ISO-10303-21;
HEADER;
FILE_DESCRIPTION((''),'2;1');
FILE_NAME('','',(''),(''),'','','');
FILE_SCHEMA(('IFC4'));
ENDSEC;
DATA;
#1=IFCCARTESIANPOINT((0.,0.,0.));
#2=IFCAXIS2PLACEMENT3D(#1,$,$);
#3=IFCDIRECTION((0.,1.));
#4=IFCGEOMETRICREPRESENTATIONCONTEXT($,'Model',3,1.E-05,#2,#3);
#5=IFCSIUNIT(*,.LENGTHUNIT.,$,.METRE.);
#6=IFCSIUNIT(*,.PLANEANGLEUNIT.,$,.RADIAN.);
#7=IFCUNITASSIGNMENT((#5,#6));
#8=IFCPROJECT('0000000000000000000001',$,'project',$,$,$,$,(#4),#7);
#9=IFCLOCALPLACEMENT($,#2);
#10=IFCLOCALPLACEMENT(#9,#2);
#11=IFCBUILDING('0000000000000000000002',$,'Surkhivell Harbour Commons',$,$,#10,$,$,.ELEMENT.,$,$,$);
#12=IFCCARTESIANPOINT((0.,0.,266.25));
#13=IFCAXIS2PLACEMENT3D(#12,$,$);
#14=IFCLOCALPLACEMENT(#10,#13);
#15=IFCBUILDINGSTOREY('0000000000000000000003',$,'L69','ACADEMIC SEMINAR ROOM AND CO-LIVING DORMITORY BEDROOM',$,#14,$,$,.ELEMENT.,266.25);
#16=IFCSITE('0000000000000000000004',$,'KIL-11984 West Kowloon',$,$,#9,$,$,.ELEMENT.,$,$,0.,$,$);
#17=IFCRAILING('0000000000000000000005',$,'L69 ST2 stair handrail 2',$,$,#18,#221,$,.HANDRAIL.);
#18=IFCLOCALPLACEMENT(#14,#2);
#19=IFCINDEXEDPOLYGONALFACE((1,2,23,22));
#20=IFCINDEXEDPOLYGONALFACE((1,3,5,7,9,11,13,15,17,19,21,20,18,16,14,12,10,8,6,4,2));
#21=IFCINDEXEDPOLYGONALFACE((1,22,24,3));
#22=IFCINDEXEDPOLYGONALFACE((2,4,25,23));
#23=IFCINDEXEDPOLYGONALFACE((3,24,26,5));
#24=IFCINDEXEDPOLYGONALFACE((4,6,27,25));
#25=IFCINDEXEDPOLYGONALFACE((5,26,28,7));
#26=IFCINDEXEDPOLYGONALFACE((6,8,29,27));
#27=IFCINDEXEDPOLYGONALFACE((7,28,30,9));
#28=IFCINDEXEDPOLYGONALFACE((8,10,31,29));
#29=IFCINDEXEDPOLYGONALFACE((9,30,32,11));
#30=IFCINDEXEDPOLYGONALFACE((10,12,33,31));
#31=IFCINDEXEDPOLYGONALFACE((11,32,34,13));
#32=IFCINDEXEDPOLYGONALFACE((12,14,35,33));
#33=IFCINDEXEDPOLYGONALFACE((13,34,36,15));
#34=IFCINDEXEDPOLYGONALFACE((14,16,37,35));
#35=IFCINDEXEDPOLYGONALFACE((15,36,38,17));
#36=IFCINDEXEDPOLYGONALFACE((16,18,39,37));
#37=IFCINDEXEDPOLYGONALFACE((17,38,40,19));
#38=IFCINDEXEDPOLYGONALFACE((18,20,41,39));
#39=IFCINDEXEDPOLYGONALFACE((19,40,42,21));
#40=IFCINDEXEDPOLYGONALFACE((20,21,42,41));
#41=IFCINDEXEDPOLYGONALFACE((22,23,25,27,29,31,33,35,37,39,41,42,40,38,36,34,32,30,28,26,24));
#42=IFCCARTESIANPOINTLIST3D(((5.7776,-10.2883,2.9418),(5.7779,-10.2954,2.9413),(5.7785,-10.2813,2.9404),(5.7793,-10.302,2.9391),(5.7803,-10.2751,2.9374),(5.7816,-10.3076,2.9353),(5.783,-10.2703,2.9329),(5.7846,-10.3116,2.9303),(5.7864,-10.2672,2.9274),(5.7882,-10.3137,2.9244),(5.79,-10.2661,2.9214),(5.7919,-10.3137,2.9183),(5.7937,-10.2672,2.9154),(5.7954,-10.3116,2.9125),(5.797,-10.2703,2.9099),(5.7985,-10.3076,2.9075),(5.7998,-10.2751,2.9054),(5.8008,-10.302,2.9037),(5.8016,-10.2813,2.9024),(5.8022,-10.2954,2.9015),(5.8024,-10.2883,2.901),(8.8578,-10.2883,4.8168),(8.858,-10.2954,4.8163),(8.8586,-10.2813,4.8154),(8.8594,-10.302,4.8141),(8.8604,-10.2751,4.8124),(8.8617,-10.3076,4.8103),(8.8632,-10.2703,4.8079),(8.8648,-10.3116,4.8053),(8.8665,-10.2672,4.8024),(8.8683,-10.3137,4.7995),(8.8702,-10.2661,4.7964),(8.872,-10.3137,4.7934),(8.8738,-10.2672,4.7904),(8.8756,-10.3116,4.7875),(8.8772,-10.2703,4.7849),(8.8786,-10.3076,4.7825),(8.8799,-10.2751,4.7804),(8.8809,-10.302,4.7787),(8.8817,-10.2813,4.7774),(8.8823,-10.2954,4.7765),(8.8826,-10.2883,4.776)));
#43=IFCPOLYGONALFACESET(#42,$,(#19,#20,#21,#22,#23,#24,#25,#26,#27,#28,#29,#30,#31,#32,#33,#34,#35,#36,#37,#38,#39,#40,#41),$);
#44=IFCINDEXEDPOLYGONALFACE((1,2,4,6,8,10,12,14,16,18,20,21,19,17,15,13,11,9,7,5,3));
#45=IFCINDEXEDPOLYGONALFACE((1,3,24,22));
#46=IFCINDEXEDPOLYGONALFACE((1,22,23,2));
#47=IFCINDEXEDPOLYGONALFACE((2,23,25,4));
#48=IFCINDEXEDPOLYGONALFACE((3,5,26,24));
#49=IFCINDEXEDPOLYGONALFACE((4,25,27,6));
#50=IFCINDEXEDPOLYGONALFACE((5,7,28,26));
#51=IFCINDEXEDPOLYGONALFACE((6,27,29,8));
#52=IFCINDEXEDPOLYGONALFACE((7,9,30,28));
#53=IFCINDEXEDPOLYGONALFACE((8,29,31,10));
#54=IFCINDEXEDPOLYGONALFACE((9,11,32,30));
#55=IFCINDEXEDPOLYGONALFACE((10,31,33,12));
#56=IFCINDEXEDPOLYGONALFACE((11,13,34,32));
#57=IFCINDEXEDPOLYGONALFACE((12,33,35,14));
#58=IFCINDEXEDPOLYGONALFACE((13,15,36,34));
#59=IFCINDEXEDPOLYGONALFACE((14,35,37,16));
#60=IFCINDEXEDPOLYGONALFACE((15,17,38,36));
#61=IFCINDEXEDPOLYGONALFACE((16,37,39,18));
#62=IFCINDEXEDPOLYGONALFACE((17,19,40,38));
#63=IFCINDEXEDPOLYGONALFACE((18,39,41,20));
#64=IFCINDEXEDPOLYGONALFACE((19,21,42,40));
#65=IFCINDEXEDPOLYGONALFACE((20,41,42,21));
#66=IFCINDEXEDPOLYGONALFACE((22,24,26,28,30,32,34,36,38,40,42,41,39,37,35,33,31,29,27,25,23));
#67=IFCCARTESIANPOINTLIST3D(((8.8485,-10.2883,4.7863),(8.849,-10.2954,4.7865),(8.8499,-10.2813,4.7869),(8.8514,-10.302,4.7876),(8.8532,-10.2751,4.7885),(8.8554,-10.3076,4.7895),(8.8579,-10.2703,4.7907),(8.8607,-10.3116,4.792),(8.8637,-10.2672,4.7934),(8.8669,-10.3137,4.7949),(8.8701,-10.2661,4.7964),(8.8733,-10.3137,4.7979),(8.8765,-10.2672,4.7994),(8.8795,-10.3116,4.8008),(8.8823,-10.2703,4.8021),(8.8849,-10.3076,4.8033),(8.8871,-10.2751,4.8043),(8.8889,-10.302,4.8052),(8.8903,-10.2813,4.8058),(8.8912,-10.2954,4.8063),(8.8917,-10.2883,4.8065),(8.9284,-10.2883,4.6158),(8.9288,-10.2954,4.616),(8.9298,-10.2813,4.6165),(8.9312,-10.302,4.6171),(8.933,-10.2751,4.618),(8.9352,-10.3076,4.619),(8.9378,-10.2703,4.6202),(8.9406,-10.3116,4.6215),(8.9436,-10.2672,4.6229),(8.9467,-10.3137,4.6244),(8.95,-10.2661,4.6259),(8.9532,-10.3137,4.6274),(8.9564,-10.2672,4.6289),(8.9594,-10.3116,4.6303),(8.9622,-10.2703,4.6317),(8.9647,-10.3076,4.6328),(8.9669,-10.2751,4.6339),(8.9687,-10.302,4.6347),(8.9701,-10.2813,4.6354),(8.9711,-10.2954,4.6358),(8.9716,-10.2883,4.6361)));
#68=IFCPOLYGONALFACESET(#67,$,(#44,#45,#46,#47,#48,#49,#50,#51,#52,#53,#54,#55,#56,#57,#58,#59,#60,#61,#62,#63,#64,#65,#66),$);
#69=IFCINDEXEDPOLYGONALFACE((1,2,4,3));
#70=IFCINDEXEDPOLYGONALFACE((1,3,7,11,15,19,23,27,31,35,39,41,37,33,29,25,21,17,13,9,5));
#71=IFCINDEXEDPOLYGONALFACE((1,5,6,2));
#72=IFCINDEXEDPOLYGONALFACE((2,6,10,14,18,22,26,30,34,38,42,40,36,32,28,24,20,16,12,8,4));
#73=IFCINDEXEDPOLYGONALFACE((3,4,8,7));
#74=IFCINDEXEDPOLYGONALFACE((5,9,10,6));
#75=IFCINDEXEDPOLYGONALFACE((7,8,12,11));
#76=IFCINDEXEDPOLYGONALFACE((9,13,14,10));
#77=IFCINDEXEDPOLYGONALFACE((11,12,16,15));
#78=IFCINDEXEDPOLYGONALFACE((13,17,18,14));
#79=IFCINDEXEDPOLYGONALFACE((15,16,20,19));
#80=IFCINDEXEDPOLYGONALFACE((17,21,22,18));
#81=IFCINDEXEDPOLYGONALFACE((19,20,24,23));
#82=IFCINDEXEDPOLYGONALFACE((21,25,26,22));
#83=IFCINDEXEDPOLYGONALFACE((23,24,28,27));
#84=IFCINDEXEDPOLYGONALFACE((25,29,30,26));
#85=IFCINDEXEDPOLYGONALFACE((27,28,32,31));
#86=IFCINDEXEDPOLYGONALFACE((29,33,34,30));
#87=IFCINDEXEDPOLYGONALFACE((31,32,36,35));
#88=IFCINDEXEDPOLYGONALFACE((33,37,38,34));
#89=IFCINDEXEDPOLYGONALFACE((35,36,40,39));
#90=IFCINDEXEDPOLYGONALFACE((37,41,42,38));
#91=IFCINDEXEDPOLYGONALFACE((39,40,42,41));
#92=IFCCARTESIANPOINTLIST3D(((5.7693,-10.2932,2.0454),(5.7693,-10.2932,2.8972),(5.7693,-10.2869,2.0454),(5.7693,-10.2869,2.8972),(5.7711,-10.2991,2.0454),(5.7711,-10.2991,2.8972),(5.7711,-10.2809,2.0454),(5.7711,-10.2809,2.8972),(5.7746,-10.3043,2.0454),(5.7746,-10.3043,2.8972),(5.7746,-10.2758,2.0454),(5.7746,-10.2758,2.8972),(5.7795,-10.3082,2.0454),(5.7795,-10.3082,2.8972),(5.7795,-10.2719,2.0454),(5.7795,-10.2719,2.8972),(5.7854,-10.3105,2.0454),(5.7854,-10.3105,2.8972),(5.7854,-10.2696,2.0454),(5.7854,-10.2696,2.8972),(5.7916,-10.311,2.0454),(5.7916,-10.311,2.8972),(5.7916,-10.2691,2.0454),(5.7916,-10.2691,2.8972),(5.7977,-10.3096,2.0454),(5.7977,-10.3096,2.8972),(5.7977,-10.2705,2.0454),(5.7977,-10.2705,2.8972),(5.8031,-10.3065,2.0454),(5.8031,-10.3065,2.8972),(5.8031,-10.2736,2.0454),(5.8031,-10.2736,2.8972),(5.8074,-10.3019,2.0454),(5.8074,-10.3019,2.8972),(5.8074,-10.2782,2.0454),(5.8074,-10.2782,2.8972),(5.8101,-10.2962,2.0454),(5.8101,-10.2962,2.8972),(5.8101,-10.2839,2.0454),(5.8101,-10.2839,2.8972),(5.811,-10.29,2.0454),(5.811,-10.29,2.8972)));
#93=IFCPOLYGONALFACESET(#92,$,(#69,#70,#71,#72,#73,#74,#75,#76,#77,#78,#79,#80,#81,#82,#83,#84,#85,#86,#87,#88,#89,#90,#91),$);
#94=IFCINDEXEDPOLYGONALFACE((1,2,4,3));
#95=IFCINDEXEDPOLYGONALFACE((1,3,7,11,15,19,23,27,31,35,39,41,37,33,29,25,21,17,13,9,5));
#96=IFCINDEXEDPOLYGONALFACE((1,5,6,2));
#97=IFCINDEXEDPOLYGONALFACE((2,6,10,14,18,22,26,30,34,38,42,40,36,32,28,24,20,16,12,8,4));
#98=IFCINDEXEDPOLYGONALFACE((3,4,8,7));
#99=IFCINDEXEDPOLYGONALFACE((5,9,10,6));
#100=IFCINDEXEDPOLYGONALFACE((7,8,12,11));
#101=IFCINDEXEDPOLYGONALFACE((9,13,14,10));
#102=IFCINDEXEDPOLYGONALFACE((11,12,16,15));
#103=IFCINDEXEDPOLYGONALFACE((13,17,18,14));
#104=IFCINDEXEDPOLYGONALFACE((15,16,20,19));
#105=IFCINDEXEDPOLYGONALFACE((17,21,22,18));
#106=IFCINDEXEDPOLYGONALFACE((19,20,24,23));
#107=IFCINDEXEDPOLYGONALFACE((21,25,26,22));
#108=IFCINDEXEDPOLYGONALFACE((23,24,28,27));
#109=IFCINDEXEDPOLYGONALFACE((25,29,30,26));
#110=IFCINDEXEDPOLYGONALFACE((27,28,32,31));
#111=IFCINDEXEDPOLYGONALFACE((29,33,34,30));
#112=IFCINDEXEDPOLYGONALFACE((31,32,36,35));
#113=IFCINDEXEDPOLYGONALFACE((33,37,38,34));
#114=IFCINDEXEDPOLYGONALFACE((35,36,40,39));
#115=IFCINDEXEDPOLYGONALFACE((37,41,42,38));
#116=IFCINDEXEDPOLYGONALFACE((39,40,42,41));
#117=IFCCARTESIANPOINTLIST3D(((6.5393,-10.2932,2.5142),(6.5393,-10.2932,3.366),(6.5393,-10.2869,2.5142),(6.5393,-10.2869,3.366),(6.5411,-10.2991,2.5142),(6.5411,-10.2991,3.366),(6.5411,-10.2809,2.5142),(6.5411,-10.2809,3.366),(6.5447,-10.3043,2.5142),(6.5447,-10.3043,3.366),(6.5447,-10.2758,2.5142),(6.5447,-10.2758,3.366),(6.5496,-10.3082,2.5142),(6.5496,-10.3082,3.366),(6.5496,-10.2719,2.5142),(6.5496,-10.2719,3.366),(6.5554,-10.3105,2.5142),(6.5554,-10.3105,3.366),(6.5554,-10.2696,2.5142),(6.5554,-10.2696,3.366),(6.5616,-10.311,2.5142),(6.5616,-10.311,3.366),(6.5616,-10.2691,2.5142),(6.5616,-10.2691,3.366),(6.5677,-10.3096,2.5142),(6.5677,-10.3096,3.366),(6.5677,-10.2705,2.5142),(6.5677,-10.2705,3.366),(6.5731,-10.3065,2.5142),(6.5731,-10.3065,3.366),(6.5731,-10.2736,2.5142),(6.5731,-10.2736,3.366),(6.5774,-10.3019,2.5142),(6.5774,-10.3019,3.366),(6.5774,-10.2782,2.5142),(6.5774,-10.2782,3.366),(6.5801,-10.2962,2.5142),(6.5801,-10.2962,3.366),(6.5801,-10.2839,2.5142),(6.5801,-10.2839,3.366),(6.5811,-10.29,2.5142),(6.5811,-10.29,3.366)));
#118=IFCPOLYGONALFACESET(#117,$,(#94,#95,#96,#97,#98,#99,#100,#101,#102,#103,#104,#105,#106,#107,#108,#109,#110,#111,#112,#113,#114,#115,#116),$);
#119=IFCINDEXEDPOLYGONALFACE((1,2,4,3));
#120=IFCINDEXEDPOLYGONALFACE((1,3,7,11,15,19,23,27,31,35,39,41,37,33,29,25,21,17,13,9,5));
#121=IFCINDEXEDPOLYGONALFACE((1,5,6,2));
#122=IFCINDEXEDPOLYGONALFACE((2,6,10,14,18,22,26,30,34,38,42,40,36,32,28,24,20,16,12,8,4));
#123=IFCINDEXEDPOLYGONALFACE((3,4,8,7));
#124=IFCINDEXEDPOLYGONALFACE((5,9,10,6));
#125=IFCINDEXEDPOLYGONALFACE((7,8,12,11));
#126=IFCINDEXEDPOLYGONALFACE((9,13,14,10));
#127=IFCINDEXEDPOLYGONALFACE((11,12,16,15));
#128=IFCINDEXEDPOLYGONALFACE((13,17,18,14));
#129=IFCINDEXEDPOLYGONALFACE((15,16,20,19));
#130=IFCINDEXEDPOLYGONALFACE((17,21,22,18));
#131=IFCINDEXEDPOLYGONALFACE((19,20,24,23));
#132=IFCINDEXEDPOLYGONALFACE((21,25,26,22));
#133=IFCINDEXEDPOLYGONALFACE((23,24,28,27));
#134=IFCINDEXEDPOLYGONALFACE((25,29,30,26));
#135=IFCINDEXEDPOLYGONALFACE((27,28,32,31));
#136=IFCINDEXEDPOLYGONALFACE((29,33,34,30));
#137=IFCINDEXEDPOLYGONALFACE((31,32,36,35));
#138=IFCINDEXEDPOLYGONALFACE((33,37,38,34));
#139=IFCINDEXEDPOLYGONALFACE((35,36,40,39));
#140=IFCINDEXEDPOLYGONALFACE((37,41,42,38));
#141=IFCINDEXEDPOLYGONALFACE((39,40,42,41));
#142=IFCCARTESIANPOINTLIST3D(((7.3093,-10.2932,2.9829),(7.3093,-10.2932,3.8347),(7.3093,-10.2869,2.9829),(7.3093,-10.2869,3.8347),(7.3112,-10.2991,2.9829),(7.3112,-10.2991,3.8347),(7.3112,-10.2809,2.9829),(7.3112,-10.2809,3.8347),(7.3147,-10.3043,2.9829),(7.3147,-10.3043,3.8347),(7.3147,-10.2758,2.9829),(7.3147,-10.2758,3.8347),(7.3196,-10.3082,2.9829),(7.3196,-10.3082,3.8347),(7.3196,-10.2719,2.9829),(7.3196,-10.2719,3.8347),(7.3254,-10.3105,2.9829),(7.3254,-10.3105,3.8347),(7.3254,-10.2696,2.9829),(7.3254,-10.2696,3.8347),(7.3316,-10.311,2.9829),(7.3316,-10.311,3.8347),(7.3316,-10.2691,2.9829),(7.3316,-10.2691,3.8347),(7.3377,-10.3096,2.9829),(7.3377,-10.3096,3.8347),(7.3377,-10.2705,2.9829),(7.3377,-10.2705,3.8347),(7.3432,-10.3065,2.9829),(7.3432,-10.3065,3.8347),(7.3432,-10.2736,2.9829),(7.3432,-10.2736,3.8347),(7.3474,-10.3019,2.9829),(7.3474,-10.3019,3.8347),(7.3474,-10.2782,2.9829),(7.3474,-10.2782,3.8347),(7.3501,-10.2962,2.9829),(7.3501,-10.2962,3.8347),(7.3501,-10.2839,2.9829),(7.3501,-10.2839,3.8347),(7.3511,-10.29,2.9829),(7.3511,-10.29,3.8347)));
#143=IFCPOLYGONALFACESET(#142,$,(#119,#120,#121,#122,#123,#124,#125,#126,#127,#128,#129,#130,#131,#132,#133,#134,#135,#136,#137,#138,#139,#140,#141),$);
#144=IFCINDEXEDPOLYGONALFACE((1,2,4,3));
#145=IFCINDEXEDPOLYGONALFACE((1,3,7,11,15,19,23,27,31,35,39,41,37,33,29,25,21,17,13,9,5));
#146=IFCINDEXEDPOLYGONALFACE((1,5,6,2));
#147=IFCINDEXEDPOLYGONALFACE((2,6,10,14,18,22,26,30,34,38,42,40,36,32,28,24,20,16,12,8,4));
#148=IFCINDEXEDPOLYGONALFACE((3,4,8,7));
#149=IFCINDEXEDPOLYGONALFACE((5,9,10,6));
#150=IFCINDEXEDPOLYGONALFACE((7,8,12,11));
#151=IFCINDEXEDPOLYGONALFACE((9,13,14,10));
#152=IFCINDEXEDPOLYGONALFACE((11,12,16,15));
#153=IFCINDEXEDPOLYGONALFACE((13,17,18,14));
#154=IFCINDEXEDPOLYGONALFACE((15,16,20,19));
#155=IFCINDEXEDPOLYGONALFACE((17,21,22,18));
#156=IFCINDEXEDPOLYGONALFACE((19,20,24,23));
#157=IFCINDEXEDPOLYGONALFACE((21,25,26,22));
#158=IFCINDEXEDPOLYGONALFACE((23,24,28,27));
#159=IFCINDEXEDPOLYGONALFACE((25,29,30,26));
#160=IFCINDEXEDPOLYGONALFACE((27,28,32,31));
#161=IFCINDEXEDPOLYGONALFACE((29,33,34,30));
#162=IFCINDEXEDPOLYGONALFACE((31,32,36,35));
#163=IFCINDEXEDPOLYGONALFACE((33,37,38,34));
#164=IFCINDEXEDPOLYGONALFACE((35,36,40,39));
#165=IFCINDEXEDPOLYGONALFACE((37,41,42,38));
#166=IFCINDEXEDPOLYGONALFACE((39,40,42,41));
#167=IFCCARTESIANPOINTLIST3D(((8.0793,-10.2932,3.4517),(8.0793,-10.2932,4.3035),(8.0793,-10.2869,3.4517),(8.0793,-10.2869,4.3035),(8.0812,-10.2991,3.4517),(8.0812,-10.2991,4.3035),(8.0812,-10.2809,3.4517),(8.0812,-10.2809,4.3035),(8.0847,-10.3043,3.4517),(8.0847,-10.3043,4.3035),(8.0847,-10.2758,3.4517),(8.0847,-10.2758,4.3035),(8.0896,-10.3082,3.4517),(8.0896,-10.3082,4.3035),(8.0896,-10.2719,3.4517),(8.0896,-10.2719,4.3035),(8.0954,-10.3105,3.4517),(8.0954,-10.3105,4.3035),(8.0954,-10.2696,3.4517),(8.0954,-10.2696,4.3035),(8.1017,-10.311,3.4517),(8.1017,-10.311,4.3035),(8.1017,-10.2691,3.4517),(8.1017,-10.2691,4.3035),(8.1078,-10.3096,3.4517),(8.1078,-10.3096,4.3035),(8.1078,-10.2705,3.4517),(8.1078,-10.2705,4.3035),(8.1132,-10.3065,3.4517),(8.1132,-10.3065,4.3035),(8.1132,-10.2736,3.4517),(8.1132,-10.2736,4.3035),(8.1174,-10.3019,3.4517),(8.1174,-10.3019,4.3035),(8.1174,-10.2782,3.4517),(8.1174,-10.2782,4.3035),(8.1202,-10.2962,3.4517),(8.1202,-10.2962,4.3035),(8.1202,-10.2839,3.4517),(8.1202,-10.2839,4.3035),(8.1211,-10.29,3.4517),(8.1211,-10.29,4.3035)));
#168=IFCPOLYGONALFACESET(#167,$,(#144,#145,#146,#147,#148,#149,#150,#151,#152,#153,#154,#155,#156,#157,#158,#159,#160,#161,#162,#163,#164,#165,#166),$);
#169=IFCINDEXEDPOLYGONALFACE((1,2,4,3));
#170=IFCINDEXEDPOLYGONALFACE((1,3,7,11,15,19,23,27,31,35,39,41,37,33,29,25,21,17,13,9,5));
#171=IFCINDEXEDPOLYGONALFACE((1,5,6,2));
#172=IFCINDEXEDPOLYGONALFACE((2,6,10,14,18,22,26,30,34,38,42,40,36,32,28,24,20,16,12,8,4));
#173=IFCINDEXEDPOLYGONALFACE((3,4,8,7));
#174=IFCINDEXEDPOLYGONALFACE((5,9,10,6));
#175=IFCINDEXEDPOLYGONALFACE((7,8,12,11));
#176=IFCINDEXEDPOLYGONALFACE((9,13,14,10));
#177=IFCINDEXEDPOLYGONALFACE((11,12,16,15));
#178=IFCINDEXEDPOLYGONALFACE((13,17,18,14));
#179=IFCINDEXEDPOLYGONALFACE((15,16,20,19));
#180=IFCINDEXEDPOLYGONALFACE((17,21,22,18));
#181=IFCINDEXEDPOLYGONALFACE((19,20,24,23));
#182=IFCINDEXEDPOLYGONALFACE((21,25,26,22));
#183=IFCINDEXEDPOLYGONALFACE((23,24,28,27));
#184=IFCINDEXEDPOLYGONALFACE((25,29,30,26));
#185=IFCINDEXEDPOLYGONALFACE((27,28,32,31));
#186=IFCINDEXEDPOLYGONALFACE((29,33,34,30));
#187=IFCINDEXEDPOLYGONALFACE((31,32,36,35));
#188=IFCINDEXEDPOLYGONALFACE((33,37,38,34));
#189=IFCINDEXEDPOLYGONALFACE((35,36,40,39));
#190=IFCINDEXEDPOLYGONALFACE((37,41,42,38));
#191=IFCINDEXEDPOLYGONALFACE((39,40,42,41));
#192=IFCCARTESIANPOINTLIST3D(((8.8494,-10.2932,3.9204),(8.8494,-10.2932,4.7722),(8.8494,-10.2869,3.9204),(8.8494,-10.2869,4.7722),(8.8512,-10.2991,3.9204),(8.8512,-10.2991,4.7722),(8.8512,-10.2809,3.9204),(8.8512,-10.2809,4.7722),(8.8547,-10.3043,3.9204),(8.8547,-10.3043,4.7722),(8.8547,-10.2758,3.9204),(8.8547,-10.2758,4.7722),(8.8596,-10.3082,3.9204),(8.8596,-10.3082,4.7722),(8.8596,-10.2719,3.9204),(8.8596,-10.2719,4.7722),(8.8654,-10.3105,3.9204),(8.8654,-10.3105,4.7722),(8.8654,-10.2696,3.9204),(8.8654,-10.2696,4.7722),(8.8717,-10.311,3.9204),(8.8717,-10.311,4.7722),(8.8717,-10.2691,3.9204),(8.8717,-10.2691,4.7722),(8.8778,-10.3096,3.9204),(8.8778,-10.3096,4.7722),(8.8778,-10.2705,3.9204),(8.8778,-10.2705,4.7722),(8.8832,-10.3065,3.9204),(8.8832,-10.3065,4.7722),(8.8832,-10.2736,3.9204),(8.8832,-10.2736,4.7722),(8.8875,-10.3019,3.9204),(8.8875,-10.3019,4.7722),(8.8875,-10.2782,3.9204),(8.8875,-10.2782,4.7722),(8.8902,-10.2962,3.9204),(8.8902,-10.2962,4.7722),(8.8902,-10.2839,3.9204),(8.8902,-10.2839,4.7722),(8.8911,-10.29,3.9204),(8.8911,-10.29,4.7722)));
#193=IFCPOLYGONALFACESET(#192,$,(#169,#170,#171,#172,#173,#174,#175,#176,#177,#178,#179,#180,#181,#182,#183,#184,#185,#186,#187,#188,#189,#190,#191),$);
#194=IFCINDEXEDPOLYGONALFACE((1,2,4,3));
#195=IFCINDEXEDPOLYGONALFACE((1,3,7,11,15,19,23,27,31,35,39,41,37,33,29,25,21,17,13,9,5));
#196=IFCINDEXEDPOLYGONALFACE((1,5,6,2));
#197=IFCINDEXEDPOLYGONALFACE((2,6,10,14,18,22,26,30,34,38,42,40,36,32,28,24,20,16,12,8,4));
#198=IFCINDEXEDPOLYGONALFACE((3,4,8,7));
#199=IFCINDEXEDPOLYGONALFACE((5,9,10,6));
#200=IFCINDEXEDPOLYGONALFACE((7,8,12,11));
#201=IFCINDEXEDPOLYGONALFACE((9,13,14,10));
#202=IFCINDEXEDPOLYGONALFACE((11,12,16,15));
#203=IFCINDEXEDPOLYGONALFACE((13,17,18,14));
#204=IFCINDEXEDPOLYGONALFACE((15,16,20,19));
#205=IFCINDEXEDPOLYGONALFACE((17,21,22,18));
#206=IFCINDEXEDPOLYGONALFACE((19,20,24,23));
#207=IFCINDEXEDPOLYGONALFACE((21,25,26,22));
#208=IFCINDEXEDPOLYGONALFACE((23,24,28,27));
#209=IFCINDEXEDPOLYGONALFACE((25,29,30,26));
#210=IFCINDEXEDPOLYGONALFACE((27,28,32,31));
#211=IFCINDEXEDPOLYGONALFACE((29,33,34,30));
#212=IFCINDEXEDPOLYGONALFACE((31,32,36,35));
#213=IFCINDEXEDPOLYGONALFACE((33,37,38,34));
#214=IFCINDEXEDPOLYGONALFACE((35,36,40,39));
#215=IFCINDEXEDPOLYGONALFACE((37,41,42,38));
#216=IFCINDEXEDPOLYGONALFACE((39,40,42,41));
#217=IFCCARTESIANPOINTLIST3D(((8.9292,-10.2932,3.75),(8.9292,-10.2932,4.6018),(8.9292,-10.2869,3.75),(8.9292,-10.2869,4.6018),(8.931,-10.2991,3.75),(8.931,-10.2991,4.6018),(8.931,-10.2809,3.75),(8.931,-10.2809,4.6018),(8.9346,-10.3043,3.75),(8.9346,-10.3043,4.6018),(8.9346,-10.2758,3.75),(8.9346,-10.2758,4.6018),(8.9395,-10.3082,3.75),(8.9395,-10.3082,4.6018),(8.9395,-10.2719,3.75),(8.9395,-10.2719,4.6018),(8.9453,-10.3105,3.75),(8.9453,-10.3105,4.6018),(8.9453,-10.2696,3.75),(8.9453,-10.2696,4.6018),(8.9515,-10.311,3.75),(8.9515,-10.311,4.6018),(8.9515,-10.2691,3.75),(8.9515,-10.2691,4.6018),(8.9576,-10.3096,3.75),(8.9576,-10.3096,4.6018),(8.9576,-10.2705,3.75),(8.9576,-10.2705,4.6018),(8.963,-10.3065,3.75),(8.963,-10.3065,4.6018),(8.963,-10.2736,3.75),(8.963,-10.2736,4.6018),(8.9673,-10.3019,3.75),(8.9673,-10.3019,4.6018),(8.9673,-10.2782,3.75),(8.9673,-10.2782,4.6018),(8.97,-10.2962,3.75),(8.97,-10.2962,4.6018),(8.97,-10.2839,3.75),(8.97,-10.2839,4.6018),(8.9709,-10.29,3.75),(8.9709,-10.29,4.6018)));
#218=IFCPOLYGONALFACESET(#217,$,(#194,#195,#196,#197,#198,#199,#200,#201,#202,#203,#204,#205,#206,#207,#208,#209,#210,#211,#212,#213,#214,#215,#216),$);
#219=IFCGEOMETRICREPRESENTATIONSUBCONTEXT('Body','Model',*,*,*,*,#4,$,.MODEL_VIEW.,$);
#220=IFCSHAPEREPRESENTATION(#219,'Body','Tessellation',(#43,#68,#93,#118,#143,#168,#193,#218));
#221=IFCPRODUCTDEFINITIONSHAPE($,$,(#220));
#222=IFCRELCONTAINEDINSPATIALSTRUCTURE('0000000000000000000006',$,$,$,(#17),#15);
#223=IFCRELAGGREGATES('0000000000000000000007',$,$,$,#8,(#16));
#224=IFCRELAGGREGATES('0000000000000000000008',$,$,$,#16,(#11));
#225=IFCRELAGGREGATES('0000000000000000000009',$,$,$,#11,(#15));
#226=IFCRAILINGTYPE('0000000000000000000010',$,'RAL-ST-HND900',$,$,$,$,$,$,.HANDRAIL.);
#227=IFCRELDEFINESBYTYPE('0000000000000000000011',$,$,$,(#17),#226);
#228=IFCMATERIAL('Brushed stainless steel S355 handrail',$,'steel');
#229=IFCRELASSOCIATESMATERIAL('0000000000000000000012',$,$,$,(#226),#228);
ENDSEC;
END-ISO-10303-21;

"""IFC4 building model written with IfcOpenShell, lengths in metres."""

from ifc_helpers import new_model, si_unit, direction, frame, origin, origin_2d, place, context, subcontext, project, spatial, circle, extrude, material, type_object, element, save


model = new_model("IFC4")

# Units and contexts
model_context = context("Model", 3, precision=1e-05, world=origin(), true_north=direction((0.0, 1.0)))
body_context = subcontext(model_context, "Body", "Model", "MODEL_VIEW")
ifc_project = project(units=[si_unit("LENGTHUNIT", "METRE"), si_unit("PLANEANGLEUNIT", "RADIAN")], contexts=[model_context])

# Site, building, storey
site_placement = place(None, origin())
site = spatial("IfcSite", under=ifc_project, at=site_placement, Name="KIL-11984 West Kowloon", CompositionType="ELEMENT", RefElevation=0.0)
building_placement = place(site_placement, origin())
building = spatial("IfcBuilding", under=site, at=building_placement, Name="Surkhivell Harbour Commons", CompositionType="ELEMENT")
storey_placement = place(building_placement, frame((0.0, 0.0, 266.25)))
storey = spatial("IfcBuildingStorey", under=building, at=storey_placement, Name="L69", Description="ACADEMIC SEMINAR ROOM AND CO-LIVING DORMITORY BEDROOM", CompositionType="ELEMENT", Elevation=266.25)

# Railing
ifc_material_1 = material(Name="Brushed stainless steel S355 handrail", Category="steel")
railing_type_1 = type_object("IfcRailingType", Name="RAL-ST-HND900", PredefinedType="HANDRAIL", material=ifc_material_1)
railing_1_placement = place(storey_placement, frame((5.79, -10.29, 2.0454)))
element("IfcRailing", 1, at=railing_1_placement, inside=storey, type_object=railing_type_1, Name="L69 ST2 stair handrail 2", PredefinedType="HANDRAIL", context=body_context, shape_type="SweptSolid", body=[
    extrude(circle(Radius=0.0239, at=origin_2d()), frame((0.0, 0.0, 0.876), z_axis=(0.854178, 0.0, 0.519981), x_axis=(0.0, 1.0, 0.0)), (0.0, 0.0, 1.0), 3.606),
    extrude(circle(Radius=0.0239, at=origin_2d()), frame((3.0801, 0.0, 2.751), z_axis=(0.424234, 0.0, -0.905552), x_axis=(0.0, 1.0, 0.0)), (0.0, 0.0, 1.0), 0.1882),
    extrude(circle(Radius=0.021, at=origin_2d()), origin(), (0.0, 0.0, 1.0), 0.8518),
    extrude(circle(Radius=0.021, at=origin_2d()), frame((0.77, 0.0, 0.4688)), (0.0, 0.0, 1.0), 0.8518),
    extrude(circle(Radius=0.021, at=origin_2d()), frame((1.54, 0.0, 0.9375)), (0.0, 0.0, 1.0), 0.8518),
    extrude(circle(Radius=0.021, at=origin_2d()), frame((2.3101, 0.0, 1.4062)), (0.0, 0.0, 1.0), 0.8518),
    extrude(circle(Radius=0.021, at=origin_2d()), frame((3.0801, 0.0, 1.875)), (0.0, 0.0, 1.0), 0.8518),
    extrude(circle(Radius=0.021, at=origin_2d()), frame((3.1599, 0.0, 1.7046)), (0.0, 0.0, 1.0), 0.8518),
])

save(model, "model.ifc")
